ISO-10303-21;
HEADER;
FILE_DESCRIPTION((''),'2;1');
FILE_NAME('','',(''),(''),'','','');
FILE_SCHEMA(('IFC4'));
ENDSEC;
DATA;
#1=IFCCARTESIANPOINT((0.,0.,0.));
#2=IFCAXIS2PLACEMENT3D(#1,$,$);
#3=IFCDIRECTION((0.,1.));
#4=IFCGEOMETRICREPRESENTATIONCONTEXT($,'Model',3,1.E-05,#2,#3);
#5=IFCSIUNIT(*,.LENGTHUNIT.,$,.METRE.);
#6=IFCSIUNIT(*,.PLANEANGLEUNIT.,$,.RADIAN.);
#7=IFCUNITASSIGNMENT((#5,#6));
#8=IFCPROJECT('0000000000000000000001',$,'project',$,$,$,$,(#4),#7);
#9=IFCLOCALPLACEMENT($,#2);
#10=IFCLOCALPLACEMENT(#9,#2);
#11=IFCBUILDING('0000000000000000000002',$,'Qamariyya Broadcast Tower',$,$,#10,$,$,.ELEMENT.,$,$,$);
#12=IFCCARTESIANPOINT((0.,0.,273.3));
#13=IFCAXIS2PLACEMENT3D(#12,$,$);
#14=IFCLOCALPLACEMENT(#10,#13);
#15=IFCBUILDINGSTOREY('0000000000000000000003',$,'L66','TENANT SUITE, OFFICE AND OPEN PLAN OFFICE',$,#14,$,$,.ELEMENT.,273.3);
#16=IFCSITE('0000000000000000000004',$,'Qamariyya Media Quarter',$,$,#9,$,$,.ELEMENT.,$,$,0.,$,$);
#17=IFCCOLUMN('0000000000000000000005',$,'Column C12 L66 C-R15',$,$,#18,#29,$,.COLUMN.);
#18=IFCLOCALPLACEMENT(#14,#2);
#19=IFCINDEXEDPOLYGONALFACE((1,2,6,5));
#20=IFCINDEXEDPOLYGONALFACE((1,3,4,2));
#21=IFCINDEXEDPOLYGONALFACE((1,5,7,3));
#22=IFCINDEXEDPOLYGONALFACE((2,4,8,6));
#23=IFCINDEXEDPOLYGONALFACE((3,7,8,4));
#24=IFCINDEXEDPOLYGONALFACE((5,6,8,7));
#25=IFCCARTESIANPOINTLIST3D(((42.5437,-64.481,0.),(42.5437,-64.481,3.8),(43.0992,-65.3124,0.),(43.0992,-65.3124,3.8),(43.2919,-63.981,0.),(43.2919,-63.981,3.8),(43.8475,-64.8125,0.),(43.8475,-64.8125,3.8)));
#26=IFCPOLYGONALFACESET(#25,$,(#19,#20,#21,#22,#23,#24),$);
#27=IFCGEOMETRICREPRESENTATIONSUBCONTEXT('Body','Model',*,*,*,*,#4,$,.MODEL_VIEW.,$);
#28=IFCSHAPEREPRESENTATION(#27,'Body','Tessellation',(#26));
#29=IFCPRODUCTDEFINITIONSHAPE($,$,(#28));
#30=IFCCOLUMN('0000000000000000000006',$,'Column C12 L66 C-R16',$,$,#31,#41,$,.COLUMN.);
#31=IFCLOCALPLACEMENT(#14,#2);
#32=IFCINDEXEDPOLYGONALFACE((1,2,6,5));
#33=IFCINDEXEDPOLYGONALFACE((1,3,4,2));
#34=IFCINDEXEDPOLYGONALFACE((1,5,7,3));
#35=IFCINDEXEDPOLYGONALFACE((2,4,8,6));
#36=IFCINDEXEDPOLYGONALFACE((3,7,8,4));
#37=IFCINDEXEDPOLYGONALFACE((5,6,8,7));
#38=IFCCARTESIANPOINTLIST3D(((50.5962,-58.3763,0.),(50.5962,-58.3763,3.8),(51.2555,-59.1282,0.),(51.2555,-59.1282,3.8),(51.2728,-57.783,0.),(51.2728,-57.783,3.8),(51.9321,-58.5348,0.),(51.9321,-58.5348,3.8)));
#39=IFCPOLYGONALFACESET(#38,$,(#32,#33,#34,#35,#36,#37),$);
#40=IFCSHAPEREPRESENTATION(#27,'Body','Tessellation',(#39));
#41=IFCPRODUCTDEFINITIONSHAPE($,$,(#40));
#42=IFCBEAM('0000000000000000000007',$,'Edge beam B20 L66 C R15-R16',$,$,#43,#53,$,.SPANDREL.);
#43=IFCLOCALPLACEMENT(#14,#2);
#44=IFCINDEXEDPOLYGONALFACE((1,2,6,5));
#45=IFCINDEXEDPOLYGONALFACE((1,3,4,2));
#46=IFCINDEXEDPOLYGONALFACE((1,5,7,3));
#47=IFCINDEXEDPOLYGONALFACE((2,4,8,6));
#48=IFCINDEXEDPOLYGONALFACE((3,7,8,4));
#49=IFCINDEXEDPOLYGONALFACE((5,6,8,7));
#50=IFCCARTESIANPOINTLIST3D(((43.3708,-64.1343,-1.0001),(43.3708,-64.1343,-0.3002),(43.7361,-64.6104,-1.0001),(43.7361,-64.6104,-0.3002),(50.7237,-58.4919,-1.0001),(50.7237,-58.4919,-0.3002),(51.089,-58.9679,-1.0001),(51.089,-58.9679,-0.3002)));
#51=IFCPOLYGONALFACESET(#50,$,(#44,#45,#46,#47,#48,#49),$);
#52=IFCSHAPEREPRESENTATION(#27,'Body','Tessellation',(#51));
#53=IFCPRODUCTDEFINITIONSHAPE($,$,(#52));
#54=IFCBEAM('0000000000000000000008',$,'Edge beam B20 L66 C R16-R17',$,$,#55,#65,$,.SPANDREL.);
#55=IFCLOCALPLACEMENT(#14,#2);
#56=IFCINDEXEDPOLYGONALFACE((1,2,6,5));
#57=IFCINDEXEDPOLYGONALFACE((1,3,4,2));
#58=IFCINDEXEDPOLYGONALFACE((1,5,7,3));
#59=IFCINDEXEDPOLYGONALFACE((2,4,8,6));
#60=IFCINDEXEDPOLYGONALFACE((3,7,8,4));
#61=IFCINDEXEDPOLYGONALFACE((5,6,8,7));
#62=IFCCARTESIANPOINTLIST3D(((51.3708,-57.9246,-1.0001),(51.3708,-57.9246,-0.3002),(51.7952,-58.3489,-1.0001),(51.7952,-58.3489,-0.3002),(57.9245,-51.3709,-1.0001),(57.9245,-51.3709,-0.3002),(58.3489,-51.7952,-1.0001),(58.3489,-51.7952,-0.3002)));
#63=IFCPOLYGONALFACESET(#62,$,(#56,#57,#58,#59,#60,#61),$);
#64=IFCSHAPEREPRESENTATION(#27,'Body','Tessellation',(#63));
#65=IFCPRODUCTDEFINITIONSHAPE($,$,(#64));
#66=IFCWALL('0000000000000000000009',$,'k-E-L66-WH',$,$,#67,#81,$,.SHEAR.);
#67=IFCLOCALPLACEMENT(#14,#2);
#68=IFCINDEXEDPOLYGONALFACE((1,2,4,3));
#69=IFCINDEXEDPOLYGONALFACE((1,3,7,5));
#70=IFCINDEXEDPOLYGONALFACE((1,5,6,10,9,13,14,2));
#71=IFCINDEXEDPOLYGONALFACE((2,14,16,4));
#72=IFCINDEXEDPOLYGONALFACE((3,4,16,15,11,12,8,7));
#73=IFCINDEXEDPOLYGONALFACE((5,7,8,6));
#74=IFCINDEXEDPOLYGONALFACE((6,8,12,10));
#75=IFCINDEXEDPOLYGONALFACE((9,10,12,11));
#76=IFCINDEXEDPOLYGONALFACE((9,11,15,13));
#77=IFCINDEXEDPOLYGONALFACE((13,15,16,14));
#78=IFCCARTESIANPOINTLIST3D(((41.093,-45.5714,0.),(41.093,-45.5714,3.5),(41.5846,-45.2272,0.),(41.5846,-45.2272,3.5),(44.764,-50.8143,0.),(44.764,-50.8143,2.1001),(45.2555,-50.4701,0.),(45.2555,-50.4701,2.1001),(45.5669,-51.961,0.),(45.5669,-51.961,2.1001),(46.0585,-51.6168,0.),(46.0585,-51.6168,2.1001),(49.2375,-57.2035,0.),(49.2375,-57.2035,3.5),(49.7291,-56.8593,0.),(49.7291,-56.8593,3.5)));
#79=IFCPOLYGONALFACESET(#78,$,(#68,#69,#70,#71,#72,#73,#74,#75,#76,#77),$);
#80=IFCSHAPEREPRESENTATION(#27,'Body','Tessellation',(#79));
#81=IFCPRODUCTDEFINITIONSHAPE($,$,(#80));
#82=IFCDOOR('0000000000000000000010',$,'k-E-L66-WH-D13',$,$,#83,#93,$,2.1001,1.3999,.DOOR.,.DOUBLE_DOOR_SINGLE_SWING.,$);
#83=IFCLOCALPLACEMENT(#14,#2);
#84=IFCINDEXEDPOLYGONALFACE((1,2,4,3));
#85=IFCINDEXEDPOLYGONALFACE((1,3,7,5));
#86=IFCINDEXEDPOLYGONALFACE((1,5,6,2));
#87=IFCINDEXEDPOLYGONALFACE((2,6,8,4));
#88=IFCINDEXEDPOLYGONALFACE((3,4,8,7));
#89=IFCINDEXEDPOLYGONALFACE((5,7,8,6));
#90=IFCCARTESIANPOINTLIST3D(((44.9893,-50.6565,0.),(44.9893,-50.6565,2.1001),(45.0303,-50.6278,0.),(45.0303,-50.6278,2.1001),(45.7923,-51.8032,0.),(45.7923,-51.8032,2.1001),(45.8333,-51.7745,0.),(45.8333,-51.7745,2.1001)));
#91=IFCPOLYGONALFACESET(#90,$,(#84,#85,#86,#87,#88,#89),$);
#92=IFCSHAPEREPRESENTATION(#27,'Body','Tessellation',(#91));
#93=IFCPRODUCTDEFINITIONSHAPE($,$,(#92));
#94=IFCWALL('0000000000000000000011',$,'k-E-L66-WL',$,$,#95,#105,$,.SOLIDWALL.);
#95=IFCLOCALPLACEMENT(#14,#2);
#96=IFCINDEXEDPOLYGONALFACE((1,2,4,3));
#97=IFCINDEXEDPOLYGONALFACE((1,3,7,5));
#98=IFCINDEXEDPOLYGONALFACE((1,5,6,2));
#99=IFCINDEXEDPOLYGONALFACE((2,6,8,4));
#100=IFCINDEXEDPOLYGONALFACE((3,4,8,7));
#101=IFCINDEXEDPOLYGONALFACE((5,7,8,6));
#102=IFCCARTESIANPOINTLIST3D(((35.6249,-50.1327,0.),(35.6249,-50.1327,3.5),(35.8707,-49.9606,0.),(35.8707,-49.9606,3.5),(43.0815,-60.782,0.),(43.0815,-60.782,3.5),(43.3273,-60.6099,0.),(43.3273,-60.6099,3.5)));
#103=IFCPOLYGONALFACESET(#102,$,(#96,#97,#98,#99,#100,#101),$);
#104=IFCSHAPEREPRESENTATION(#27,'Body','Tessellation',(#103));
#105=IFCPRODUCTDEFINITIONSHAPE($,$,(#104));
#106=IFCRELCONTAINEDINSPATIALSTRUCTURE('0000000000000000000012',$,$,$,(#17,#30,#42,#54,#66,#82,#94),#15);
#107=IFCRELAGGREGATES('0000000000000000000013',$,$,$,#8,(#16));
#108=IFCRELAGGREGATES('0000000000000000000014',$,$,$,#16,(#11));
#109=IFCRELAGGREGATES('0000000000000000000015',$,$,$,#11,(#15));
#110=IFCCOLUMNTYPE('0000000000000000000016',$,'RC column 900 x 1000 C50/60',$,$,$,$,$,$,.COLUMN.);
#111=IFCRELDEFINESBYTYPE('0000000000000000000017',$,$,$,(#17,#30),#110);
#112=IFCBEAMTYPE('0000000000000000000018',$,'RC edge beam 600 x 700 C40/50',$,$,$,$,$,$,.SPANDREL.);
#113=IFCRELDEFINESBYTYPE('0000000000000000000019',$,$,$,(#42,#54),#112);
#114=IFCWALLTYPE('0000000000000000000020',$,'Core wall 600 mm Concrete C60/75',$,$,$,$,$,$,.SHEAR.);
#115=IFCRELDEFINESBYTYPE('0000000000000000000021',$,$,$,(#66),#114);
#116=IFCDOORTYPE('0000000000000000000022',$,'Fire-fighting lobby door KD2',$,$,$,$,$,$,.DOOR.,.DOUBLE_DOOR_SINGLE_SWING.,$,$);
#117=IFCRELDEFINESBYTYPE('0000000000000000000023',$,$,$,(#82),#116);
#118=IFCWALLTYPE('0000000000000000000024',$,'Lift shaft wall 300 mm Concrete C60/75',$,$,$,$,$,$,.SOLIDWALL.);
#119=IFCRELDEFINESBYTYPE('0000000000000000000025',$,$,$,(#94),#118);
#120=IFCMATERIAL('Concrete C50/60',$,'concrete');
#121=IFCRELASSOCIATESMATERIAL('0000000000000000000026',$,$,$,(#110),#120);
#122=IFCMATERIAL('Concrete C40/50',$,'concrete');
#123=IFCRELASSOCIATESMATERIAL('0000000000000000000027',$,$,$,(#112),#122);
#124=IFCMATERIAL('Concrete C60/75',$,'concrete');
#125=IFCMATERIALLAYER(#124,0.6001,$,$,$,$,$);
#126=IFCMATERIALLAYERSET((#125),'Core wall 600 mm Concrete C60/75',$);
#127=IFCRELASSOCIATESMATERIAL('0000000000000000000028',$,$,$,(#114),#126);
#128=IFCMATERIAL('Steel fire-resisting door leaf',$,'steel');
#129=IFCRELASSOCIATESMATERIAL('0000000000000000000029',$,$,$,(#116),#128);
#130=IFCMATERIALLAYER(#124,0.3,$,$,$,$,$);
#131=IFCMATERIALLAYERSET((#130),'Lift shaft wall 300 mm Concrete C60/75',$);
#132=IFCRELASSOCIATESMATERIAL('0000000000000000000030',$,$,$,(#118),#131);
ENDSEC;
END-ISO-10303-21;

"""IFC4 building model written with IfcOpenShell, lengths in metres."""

from ifc_helpers import new_model, si_unit, direction, frame, frame_2d, origin, origin_2d, place, context, subcontext, project, spatial, rectangle, extrude, material, layer, layer_set, material_profile, profile_set, type_object, element, fill, save


model = new_model("IFC4")

# Units and contexts
model_context = context("Model", 3, precision=1e-05, world=origin(), true_north=direction((0.0, 1.0)))
body_context = subcontext(model_context, "Body", "Model", "MODEL_VIEW")
ifc_project = project(units=[si_unit("LENGTHUNIT", "METRE"), si_unit("PLANEANGLEUNIT", "RADIAN")], contexts=[model_context])

# Site, building, storey
site_placement = place(None, origin())
site = spatial("IfcSite", under=ifc_project, at=site_placement, Name="Qamariyya Media Quarter", CompositionType="ELEMENT", RefElevation=0.0)
building_placement = place(site_placement, origin())
building = spatial("IfcBuilding", under=site, at=building_placement, Name="Qamariyya Broadcast Tower", CompositionType="ELEMENT")
storey_placement = place(building_placement, frame((0.0, 0.0, 273.3)))
storey = spatial("IfcBuildingStorey", under=building, at=storey_placement, Name="L66", Description="TENANT SUITE, OFFICE AND OPEN PLAN OFFICE", CompositionType="ELEMENT", Elevation=273.3)

# Columns
ifc_material_1 = material(Name="Concrete C50/60", Category="concrete")
ifc_material_profile_1 = material_profile(ifc_material_1, rectangle(XDim=0.8999, YDim=1.0, at=origin_2d()))
ifc_profile_set_1 = profile_set([ifc_material_profile_1], Name="Concrete C50/60")
column_type = type_object("IfcColumnType", Name="RC column 900 x 1000 C50/60", PredefinedType="COLUMN", material=ifc_profile_set_1)
for number, where, z_axis, x_axis, name in (
    (1, (43.1956, -64.6467, 0.0), (0.0, 0.0, 1.0), (0.83147, 0.55557, 0.0), "Column C12 L66 C-R15"),
    (2, (51.2642, -58.4556, 0.0), (0.0, 0.0, 1.0), (0.75184, 0.659346, 0.0), "Column C12 L66 C-R16"),
):
    element("IfcColumn", number, at=place(storey_placement, frame(where, z_axis=z_axis, x_axis=x_axis)), inside=storey, type_object=column_type, Name=name, PredefinedType="COLUMN", context=body_context, shape_type="SweptSolid", body=[
        extrude(rectangle(XDim=0.8999, YDim=1.0, at=origin_2d()), origin(), (0.0, 0.0, 1.0), 3.8),
    ])

# Beams
ifc_material_2 = material(Name="Concrete C40/50", Category="concrete")
ifc_material_profile_2 = material_profile(ifc_material_2, rectangle(XDim=0.6001, YDim=0.7, at=origin_2d()))
ifc_profile_set_2 = profile_set([ifc_material_profile_2], Name="Concrete C40/50")
beam_type = type_object("IfcBeamType", Name="RC edge beam 600 x 700 C40/50", PredefinedType="SPANDREL", material=ifc_profile_set_2)
for number, where, z_axis, x_axis, name in (
    (3, (43.5535, -64.3723, -0.6501), (0.793335, 0.608785, 0.0), (-0.608785, 0.793335, 0.0), "Edge beam B20 L66 C R15-R16"),
    (4, (51.583, -58.1367, -0.6501), (0.707107, 0.707107, 0.0), (-0.707107, 0.707107, 0.0), "Edge beam B20 L66 C R16-R17"),
):
    element("IfcBeam", number, at=place(storey_placement, frame(where, z_axis=z_axis, x_axis=x_axis)), inside=storey, type_object=beam_type, Name=name, PredefinedType="SPANDREL", context=body_context, shape_type="SweptSolid", body=[
        extrude(rectangle(XDim=0.6001, YDim=0.7, at=origin_2d()), origin(), (0.0, 0.0, 1.0), 9.2683),
    ])

# Wall, opening, door
ifc_material_3 = material(Name="Concrete C60/75", Category="concrete")
ifc_layer_1 = layer(ifc_material_3, 0.6001)
ifc_layer_set_1 = layer_set([ifc_layer_1], Name="Core wall 600 mm Concrete C60/75")
wall_type_1 = type_object("IfcWallType", Name="Core wall 600 mm Concrete C60/75", PredefinedType="SHEAR", material=ifc_layer_set_1)
wall_1_placement = place(storey_placement, frame((49.4834, -57.0315, 0.0), z_axis=(0.0, 0.0, 1.0), x_axis=(-0.57356, 0.819163, 0.0)))
wall_1 = element("IfcWall", 5, at=wall_1_placement, inside=storey, type_object=wall_type_1, Name="k-E-L66-WH", PredefinedType="SHEAR", context=body_context, shape_type="SweptSolid", body=[
    extrude(rectangle(XDim=14.2, YDim=0.6001, at=frame_2d((7.1001, 0.0))), origin(), (0.0, 0.0, 1.0), 3.5),
])
opening_placement = place(wall_1_placement, frame((6.3999, 0.0, 0.0)))
opening = element("IfcOpeningElement", 6, at=opening_placement, cuts=wall_1, PredefinedType="OPENING", context=body_context, shape_type="SweptSolid", body=[
    extrude(rectangle(XDim=1.3999, YDim=2.1001, at=frame_2d((0.7, 1.05))), frame((0.0, 0.3101, 0.0), z_axis=(0.0, -1.0, 0.0), x_axis=(1.0, 0.0, 0.0)), (0.0, 0.0, 1.0), 0.6201),
])
ifc_material_4 = material(Name="Steel fire-resisting door leaf", Category="steel")
door_type = type_object("IfcDoorType", Name="Fire-fighting lobby door KD2", OperationType="DOUBLE_DOOR_SINGLE_SWING", PredefinedType="DOOR", material=ifc_material_4)
door_placement = place(opening_placement, origin())
door = element("IfcDoor", 7, at=door_placement, inside=storey, type_object=door_type, Name="k-E-L66-WH-D13", OperationType="DOUBLE_DOOR_SINGLE_SWING", OverallHeight=2.1001, OverallWidth=1.3999, PredefinedType="DOOR", context=body_context, shape_type="SweptSolid", body=[
    extrude(rectangle(XDim=1.3999, YDim=2.1001, at=frame_2d((0.7, 1.05))), frame((0.0, 0.0249, 0.0), z_axis=(0.0, -1.0, 0.0), x_axis=(1.0, 0.0, 0.0)), (0.0, 0.0, 1.0), 0.05),
])
fill(opening, door)

# Wall
ifc_layer_2 = layer(ifc_material_3, 0.3)
ifc_layer_set_2 = layer_set([ifc_layer_2], Name="Lift shaft wall 300 mm Concrete C60/75")
wall_type_2 = type_object("IfcWallType", Name="Lift shaft wall 300 mm Concrete C60/75", PredefinedType="SOLIDWALL", material=ifc_layer_set_2)
wall_2_placement = place(storey_placement, frame((43.2043, -60.6958, 0.0), z_axis=(0.0, 0.0, 1.0), x_axis=(-0.573572, 0.819155, 0.0)))
element("IfcWall", 8, at=wall_2_placement, inside=storey, type_object=wall_type_2, Name="k-E-L66-WL", PredefinedType="SOLIDWALL", context=body_context, shape_type="SweptSolid", body=[
    extrude(rectangle(XDim=13.0002, YDim=0.3, at=frame_2d((6.5, 0.0))), origin(), (0.0, 0.0, 1.0), 3.5),
])

save(model, "model.ifc")
